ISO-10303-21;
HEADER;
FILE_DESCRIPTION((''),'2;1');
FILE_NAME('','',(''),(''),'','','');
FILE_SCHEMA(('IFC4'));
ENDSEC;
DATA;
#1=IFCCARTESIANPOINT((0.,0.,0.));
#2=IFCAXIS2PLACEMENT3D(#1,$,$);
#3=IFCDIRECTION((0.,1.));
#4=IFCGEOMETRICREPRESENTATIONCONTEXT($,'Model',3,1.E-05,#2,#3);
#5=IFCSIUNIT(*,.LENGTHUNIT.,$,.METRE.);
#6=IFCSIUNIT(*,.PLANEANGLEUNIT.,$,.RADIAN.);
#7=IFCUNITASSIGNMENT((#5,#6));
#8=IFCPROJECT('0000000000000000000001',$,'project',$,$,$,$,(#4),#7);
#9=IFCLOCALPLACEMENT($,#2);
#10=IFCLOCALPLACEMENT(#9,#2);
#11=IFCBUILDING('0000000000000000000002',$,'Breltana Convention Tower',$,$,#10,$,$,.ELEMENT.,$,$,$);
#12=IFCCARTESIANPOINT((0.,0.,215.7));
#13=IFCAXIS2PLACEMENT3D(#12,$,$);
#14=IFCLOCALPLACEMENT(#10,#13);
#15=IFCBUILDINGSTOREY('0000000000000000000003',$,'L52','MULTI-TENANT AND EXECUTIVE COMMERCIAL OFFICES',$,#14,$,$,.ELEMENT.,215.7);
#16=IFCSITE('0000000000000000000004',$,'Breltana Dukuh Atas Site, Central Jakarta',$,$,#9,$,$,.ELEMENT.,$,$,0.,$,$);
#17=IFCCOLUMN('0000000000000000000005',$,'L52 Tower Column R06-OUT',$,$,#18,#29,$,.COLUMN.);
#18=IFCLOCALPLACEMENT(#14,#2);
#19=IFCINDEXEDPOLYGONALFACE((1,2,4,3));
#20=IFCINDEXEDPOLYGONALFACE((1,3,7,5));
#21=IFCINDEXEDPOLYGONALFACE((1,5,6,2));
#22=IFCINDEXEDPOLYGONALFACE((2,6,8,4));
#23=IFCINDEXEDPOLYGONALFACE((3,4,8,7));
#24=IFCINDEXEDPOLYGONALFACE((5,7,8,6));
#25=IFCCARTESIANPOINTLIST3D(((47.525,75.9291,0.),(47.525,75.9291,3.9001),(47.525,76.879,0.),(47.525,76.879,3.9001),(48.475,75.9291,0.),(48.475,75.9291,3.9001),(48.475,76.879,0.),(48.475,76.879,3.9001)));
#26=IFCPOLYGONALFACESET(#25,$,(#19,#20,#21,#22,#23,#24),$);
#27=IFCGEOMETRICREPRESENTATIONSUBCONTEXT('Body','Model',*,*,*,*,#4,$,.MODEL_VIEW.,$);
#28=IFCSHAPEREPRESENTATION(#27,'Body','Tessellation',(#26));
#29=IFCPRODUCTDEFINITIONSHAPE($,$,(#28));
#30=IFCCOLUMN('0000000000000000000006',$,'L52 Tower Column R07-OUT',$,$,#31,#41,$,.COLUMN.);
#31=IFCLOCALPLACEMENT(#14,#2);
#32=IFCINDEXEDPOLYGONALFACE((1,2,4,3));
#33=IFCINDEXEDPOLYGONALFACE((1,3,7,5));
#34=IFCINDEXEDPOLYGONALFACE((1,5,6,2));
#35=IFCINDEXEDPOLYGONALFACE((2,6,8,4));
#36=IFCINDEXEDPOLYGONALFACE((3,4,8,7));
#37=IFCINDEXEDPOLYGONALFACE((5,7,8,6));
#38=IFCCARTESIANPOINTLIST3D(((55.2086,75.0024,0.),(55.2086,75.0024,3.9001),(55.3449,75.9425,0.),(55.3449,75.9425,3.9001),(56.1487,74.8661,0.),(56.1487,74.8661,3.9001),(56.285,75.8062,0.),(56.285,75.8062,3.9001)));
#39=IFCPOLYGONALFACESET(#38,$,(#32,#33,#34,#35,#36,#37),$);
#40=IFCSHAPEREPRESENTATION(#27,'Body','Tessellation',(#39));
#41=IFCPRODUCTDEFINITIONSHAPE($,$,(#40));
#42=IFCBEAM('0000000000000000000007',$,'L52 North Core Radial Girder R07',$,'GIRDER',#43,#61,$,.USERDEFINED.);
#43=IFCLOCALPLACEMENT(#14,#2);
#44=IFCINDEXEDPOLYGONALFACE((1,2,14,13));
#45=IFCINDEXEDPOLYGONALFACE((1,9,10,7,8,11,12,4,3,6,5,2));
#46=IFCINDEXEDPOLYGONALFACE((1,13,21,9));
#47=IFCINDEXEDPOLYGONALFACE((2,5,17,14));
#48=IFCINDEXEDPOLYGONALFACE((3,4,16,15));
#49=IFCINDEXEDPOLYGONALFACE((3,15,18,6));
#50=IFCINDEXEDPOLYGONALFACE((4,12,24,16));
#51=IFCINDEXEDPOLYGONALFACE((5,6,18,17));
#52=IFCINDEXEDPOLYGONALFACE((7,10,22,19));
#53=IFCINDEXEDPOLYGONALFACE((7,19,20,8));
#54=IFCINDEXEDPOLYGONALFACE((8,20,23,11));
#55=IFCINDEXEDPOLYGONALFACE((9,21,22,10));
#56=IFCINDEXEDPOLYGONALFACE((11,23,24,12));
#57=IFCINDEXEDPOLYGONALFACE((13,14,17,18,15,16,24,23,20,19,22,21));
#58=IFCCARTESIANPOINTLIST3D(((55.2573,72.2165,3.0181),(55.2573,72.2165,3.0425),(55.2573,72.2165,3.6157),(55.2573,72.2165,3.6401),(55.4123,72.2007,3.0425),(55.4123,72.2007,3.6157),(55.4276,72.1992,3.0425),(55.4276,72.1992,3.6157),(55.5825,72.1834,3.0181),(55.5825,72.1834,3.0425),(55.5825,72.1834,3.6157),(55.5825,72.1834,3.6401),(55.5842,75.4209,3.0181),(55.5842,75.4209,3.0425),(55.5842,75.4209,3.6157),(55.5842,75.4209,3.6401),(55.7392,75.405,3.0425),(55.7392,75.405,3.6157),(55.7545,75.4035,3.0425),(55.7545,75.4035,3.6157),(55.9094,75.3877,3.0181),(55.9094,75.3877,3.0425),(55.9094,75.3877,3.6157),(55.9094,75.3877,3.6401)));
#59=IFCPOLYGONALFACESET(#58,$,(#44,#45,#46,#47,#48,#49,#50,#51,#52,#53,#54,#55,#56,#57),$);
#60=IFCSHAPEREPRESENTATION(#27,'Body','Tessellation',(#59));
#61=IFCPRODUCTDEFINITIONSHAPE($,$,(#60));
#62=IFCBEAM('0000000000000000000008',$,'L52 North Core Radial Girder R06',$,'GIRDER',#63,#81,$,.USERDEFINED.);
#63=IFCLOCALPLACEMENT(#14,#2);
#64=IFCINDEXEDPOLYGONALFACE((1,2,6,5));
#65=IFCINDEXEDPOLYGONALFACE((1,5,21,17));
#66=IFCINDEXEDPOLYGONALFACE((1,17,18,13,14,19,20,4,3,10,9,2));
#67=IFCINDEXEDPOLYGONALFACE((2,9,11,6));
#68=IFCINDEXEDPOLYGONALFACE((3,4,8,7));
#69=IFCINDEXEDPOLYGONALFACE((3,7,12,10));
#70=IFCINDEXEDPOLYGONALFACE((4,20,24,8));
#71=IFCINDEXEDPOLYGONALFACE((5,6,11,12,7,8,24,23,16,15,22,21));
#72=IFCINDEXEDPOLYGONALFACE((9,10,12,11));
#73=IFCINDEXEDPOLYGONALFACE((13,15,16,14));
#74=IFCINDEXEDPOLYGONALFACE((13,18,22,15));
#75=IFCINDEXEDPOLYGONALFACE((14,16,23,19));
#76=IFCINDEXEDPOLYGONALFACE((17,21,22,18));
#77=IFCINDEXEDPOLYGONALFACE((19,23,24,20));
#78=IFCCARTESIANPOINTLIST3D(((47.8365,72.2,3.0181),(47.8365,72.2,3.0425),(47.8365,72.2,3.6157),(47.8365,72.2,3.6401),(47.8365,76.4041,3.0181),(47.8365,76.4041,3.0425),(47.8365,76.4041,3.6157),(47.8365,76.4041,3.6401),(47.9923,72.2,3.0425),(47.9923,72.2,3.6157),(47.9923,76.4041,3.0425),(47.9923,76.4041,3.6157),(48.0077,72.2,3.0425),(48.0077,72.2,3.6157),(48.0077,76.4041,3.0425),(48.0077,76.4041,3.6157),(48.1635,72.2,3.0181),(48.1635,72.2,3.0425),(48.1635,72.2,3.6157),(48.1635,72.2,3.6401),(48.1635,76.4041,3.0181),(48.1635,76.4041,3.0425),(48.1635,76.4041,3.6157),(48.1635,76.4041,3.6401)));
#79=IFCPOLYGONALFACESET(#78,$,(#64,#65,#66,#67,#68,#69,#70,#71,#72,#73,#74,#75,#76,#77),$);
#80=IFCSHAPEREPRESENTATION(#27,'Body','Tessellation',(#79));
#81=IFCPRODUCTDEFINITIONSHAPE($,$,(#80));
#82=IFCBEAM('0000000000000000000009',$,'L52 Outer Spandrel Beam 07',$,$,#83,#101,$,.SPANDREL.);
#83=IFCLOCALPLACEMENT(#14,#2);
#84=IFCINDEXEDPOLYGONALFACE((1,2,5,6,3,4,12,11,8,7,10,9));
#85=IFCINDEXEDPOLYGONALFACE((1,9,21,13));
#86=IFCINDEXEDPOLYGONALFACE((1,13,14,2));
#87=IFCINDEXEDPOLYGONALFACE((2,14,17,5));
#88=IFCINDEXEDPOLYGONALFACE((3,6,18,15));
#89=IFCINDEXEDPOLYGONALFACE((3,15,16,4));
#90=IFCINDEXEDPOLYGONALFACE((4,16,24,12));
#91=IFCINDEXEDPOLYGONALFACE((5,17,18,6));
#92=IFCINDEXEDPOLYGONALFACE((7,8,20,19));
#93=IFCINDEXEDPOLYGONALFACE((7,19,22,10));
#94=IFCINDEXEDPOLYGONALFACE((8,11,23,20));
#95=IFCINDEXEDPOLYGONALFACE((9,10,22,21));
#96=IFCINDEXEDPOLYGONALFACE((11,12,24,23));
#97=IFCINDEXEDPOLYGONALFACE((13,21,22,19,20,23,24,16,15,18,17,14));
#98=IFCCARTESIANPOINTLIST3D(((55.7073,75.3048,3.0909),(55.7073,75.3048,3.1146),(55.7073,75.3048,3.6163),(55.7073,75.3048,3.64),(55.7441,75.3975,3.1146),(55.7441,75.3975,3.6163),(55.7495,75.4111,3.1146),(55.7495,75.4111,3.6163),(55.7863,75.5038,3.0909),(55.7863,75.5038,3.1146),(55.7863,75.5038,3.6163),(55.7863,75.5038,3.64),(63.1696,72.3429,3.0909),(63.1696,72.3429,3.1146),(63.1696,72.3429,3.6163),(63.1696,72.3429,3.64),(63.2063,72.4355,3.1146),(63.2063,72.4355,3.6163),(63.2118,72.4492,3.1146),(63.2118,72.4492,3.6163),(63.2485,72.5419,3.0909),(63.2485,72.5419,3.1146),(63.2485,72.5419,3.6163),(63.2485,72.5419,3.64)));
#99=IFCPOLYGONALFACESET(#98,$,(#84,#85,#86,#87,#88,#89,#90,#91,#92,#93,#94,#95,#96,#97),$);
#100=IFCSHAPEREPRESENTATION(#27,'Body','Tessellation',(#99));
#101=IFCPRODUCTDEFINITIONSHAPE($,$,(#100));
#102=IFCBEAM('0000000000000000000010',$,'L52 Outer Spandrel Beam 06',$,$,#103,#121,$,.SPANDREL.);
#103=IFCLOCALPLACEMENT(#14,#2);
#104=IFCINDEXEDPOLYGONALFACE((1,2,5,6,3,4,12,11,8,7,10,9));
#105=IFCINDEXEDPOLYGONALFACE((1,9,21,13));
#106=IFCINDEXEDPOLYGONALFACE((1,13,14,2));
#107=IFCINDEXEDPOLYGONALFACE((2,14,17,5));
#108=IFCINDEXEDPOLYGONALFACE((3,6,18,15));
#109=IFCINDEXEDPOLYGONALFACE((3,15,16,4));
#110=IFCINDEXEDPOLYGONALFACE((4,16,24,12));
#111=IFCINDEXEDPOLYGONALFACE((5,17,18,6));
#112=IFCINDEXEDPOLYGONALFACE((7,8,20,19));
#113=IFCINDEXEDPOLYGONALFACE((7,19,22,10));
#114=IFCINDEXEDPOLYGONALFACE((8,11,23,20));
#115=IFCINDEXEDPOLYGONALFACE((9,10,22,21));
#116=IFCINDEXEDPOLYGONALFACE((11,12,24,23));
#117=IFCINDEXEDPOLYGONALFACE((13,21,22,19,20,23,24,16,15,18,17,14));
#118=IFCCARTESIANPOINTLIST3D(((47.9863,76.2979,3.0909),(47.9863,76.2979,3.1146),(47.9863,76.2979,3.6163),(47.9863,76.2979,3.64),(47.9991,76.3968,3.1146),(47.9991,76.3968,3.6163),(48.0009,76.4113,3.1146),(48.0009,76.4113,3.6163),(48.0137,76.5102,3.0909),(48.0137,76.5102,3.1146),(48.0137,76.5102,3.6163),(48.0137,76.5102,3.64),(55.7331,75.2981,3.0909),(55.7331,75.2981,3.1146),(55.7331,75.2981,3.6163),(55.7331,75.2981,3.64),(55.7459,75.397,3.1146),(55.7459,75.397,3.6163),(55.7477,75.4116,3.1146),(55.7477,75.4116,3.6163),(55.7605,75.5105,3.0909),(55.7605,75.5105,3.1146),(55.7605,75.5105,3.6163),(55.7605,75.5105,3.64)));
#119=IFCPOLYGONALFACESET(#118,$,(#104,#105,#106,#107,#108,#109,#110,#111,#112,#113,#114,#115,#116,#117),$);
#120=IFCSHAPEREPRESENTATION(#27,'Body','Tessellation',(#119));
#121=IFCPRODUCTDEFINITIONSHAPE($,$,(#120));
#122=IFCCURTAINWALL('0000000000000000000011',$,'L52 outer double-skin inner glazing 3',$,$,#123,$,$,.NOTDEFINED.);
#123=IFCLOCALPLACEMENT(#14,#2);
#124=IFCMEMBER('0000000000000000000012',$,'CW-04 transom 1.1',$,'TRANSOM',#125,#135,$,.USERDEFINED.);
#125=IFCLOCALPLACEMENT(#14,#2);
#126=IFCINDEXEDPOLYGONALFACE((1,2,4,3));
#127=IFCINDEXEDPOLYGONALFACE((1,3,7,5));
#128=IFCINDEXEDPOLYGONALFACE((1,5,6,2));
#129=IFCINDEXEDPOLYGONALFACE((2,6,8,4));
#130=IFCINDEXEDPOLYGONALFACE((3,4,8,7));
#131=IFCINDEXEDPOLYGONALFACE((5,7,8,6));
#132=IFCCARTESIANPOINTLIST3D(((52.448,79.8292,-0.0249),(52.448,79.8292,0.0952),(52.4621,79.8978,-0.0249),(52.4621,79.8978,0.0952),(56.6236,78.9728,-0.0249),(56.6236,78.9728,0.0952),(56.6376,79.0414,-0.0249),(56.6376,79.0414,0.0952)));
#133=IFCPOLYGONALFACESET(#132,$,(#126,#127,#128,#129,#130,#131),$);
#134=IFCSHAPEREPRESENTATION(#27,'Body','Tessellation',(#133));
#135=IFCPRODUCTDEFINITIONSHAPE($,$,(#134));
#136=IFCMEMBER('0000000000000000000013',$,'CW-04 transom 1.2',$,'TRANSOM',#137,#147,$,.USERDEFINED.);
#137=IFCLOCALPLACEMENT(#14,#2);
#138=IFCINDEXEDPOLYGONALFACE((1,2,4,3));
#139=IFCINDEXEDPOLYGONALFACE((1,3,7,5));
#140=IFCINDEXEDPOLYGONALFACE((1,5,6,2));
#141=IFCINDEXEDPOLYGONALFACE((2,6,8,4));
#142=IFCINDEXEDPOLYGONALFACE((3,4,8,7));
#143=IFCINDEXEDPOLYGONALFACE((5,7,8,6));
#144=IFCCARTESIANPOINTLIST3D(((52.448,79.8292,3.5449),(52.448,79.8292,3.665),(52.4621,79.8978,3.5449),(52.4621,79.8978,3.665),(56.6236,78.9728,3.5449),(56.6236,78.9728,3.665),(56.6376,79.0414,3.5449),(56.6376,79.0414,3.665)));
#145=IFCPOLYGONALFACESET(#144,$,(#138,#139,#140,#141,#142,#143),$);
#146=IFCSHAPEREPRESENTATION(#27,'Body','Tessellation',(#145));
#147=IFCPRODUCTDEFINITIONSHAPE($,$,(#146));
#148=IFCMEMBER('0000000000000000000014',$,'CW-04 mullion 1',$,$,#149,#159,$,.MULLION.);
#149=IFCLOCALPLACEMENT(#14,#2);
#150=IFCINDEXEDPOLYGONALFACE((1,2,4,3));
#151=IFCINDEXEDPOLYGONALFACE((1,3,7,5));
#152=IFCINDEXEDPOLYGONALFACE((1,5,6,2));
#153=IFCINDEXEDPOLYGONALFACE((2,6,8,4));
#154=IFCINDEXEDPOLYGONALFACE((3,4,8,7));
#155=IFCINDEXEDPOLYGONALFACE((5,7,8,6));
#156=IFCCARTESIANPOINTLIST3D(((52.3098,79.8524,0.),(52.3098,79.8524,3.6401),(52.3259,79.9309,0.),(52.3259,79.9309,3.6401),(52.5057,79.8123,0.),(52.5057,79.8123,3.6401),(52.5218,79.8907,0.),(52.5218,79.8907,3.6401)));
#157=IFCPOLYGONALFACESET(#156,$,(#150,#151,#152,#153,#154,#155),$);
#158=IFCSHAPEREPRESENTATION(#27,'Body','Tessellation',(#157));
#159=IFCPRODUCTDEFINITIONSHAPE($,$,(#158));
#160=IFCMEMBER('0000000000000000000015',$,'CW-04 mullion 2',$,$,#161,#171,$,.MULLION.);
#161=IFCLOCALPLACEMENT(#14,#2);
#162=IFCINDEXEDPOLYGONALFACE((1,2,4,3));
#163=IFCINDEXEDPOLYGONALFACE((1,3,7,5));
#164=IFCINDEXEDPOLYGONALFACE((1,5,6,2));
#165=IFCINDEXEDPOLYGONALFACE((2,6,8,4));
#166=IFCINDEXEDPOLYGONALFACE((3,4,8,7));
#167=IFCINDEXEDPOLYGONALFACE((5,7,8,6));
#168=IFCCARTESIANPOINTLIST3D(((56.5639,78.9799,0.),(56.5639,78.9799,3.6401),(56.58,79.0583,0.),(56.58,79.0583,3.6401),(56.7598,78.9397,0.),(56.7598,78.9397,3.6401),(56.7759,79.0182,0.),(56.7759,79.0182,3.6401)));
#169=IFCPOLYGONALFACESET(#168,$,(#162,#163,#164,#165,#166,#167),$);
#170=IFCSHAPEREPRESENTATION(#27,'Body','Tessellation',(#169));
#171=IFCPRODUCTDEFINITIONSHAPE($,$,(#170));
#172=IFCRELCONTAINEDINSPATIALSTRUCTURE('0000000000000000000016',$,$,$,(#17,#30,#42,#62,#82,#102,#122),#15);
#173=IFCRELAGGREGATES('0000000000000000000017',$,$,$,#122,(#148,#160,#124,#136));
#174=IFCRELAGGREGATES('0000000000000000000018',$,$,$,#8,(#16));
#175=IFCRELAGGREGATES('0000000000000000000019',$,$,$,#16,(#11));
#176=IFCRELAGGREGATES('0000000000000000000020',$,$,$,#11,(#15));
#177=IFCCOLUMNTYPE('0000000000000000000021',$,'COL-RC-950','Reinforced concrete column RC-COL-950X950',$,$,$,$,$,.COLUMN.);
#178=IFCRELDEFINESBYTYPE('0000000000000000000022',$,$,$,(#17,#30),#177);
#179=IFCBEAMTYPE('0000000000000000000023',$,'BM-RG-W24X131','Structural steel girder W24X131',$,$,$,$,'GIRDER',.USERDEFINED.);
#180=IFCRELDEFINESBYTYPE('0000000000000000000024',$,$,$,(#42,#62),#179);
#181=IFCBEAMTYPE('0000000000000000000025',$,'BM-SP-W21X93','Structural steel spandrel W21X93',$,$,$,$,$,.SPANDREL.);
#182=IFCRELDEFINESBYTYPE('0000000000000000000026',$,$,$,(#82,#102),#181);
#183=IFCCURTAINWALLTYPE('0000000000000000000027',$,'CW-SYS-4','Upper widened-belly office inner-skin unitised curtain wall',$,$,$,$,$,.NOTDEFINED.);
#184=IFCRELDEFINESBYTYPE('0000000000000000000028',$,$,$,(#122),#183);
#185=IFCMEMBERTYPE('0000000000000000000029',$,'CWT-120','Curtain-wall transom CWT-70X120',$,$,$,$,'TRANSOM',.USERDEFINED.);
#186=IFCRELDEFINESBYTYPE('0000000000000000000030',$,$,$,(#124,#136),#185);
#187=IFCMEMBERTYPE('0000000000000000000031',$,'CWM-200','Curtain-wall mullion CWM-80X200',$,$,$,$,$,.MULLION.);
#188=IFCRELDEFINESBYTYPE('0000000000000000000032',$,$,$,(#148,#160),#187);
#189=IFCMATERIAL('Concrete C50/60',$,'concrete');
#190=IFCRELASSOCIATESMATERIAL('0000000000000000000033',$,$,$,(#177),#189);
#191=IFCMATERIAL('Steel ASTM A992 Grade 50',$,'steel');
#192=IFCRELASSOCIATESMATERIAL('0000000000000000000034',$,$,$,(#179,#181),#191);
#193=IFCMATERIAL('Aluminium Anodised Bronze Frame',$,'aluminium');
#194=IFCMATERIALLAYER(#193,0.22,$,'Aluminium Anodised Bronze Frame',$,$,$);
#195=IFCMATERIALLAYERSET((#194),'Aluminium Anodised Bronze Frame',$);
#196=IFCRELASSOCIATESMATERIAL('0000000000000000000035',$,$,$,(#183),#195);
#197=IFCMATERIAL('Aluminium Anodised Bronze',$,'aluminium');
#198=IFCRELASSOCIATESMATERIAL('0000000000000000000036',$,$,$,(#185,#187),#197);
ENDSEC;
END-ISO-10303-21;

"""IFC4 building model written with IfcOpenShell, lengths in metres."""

from ifc_helpers import new_model, si_unit, direction, frame, origin, origin_2d, place, context, subcontext, project, spatial, rectangle, i_section, extrude, source, transform, mapped, material, layer, layer_set, material_profile, profile_set, type_object, element, aggregate, save


model = new_model("IFC4")

# Units and contexts
model_context = context("Model", 3, precision=1e-05, world=origin(), true_north=direction((0.0, 1.0)))
body_context = subcontext(model_context, "Body", "Model", "MODEL_VIEW")
ifc_project = project(units=[si_unit("LENGTHUNIT", "METRE"), si_unit("PLANEANGLEUNIT", "RADIAN")], contexts=[model_context])

# Site, building, storey
site_placement = place(None, origin())
site = spatial("IfcSite", under=ifc_project, at=site_placement, Name="Breltana Dukuh Atas Site, Central Jakarta", CompositionType="ELEMENT", RefElevation=0.0)
building_placement = place(site_placement, origin())
building = spatial("IfcBuilding", under=site, at=building_placement, Name="Breltana Convention Tower", CompositionType="ELEMENT")
storey_placement = place(building_placement, frame((0.0, 0.0, 215.7)))
storey = spatial("IfcBuildingStorey", under=building, at=storey_placement, Name="L52", Description="MULTI-TENANT AND EXECUTIVE COMMERCIAL OFFICES", CompositionType="ELEMENT", Elevation=215.7)

# Columns
ifc_material_1 = material(Name="Concrete C50/60", Category="concrete")
ifc_material_profile_1 = material_profile(ifc_material_1, rectangle(XDim=0.95, YDim=0.95, at=origin_2d()), Name="RC-COL-950X950")
ifc_profile_set_1 = profile_set([ifc_material_profile_1], Name="Concrete C50/60")
column_type = type_object("IfcColumnType", Name="COL-RC-950", Description="Reinforced concrete column RC-COL-950X950", PredefinedType="COLUMN", material=ifc_profile_set_1)
shared_shape_1 = source(origin(), body_context, "Body", "SweptSolid", [
    extrude(rectangle(XDim=0.95, YDim=0.95, at=origin_2d()), origin(), (0.0, 0.0, 1.0), 3.9001),
])
for number, where, z_axis, x_axis, name in (
    (1, (48.0, 76.4041, 0.0), (0.0, 0.0, 1.0), (0.0, 1.0, 0.0), "L52 Tower Column R06-OUT"),
    (2, (55.7468, 75.4043, 0.0), (0.0, 0.0, 1.0), (0.143493, 0.989651, 0.0), "L52 Tower Column R07-OUT"),
):
    element("IfcColumn", number, at=place(storey_placement, frame(where, z_axis=z_axis, x_axis=x_axis)), inside=storey, type_object=column_type, Name=name, PredefinedType="COLUMN", context=body_context, shape_type="MappedRepresentation", body=[
        mapped(shared_shape_1, transform((0.0, 0.0, 0.0), scale=1.0)),
    ])

# Beams
ifc_material_2 = material(Name="Steel ASTM A992 Grade 50", Category="steel")
ifc_material_profile_2 = material_profile(ifc_material_2, i_section(OverallWidth=0.3269, OverallDepth=0.6221, WebThickness=0.0154, FlangeThickness=0.0244, at=origin_2d()), Name="W24X131")
ifc_profile_set_2 = profile_set([ifc_material_profile_2], Name="Steel ASTM A992 Grade 50")
beam_type_1 = type_object("IfcBeamType", Name="BM-RG-W24X131", Description="Structural steel girder W24X131", ElementType="GIRDER", PredefinedType="USERDEFINED", material=ifc_profile_set_2)
shared_shape_2 = source(origin(), body_context, "Body", "SweptSolid", [
    extrude(i_section(OverallWidth=0.3269, OverallDepth=0.6221, WebThickness=0.0154, FlangeThickness=0.0244, at=origin_2d()), origin(), (0.0, 0.0, 1.0), 3.2209),
])
beam_1_placement = place(storey_placement, frame((55.4199, 72.2, 3.3291), z_axis=(0.101492, 0.994836, 0.0), x_axis=(-0.994836, 0.101492, 0.0)))
element("IfcBeam", 3, at=beam_1_placement, inside=storey, type_object=beam_type_1, Name="L52 North Core Radial Girder R07", ObjectType="GIRDER", PredefinedType="USERDEFINED", context=body_context, shape_type="MappedRepresentation", body=[
    mapped(shared_shape_2, transform((0.0, 0.0, 0.0), scale=1.0)),
])
shared_shape_3 = source(origin(), body_context, "Body", "SweptSolid", [
    extrude(i_section(OverallWidth=0.3269, OverallDepth=0.6221, WebThickness=0.0154, FlangeThickness=0.0244, at=origin_2d()), origin(), (0.0, 0.0, 1.0), 4.2041),
])
beam_2_placement = place(storey_placement, frame((48.0, 72.2, 3.3291), z_axis=(0.0, 1.0, 0.0), x_axis=(-1.0, 0.0, 0.0)))
element("IfcBeam", 4, at=beam_2_placement, inside=storey, type_object=beam_type_1, Name="L52 North Core Radial Girder R06", ObjectType="GIRDER", PredefinedType="USERDEFINED", context=body_context, shape_type="MappedRepresentation", body=[
    mapped(shared_shape_3, transform((0.0, 0.0, 0.0), scale=1.0)),
])
ifc_material_profile_3 = material_profile(ifc_material_2, i_section(OverallWidth=0.2141, OverallDepth=0.5491, WebThickness=0.0146, FlangeThickness=0.0237, at=origin_2d()), Name="W21X93")
ifc_profile_set_3 = profile_set([ifc_material_profile_3], Name="Steel ASTM A992 Grade 50")
beam_type_2 = type_object("IfcBeamType", Name="BM-SP-W21X93", Description="Structural steel spandrel W21X93", PredefinedType="SPANDREL", material=ifc_profile_set_3)
shared_shape_4 = source(origin(), body_context, "Body", "SweptSolid", [
    extrude(i_section(OverallWidth=0.2141, OverallDepth=0.5491, WebThickness=0.0146, FlangeThickness=0.0237, at=origin_2d()), origin(), (0.0, 0.0, 1.0), 8.0286),
])
beam_3_placement = place(storey_placement, frame((55.7468, 75.4043, 3.3655), z_axis=(0.929459, -0.368925, 0.0), x_axis=(0.368925, 0.929459, 0.0)))
element("IfcBeam", 5, at=beam_3_placement, inside=storey, type_object=beam_type_2, Name="L52 Outer Spandrel Beam 07", PredefinedType="SPANDREL", context=body_context, shape_type="MappedRepresentation", body=[
    mapped(shared_shape_4, transform((0.0, 0.0, 0.0), scale=1.0)),
])
shared_shape_5 = source(origin(), body_context, "Body", "SweptSolid", [
    extrude(i_section(OverallWidth=0.2141, OverallDepth=0.5491, WebThickness=0.0146, FlangeThickness=0.0237, at=origin_2d()), origin(), (0.0, 0.0, 1.0), 7.811),
])
beam_4_placement = place(storey_placement, frame((48.0, 76.4041, 3.3655), z_axis=(0.991775, -0.127992, 0.0), x_axis=(0.127992, 0.991775, 0.0)))
element("IfcBeam", 6, at=beam_4_placement, inside=storey, type_object=beam_type_2, Name="L52 Outer Spandrel Beam 06", PredefinedType="SPANDREL", context=body_context, shape_type="MappedRepresentation", body=[
    mapped(shared_shape_5, transform((0.0, 0.0, 0.0), scale=1.0)),
])

# Curtain wall, members
ifc_material_3 = material(Name="Aluminium Anodised Bronze Frame", Category="aluminium")
ifc_layer_1 = layer(ifc_material_3, 0.22, Name="Aluminium Anodised Bronze Frame")
ifc_layer_set_1 = layer_set([ifc_layer_1], Name="Aluminium Anodised Bronze Frame")
curtain_wall_type = type_object("IfcCurtainWallType", Name="CW-SYS-4", Description="Upper widened-belly office inner-skin unitised curtain wall", PredefinedType="NOTDEFINED", material=ifc_layer_set_1)
curtain_wall_placement = place(storey_placement, origin())
curtain_wall = element("IfcCurtainWall", 7, at=curtain_wall_placement, inside=storey, type_object=curtain_wall_type, Name="L52 outer double-skin inner glazing 3", PredefinedType="NOTDEFINED")
ifc_material_4 = material(Name="Aluminium Anodised Bronze", Category="aluminium")
ifc_material_profile_4 = material_profile(ifc_material_4, rectangle(XDim=0.0701, YDim=0.1201, at=origin_2d()), Name="CWT-70X120")
ifc_profile_set_4 = profile_set([ifc_material_profile_4], Name="Aluminium Anodised Bronze")
member_type_1 = type_object("IfcMemberType", Name="CWT-120", Description="Curtain-wall transom CWT-70X120", ElementType="TRANSOM", PredefinedType="USERDEFINED", material=ifc_profile_set_4)
shared_shape_6 = source(origin(), body_context, "Body", "SweptSolid", [
    extrude(rectangle(XDim=0.0701, YDim=0.1201, at=origin_2d()), origin(), (0.0, 0.0, 1.0), 4.2625),
])
member_1_placement = place(storey_placement, frame((52.4551, 79.8635, 0.0352), z_axis=(0.979606, -0.200927, 0.0), x_axis=(0.200927, 0.979606, 0.0)))
member_1 = element("IfcMember", 8, at=member_1_placement, type_object=member_type_1, Name="CW-04 transom 1.1", ObjectType="TRANSOM", PredefinedType="USERDEFINED", context=body_context, shape_type="MappedRepresentation", body=[
    mapped(shared_shape_6, transform((0.0, 0.0, 0.0), scale=1.0)),
])
member_2_placement = place(storey_placement, frame((52.4551, 79.8635, 3.605), z_axis=(0.979606, -0.200927, 0.0), x_axis=(0.200927, 0.979606, 0.0)))
member_2 = element("IfcMember", 9, at=member_2_placement, type_object=member_type_1, Name="CW-04 transom 1.2", ObjectType="TRANSOM", PredefinedType="USERDEFINED", context=body_context, shape_type="MappedRepresentation", body=[
    mapped(shared_shape_6, transform((0.0, 0.0, 0.0), scale=1.0)),
])
ifc_material_profile_5 = material_profile(ifc_material_4, rectangle(XDim=0.0801, YDim=0.2, at=origin_2d()), Name="CWM-80X200")
ifc_profile_set_5 = profile_set([ifc_material_profile_5], Name="Aluminium Anodised Bronze")
member_type_2 = type_object("IfcMemberType", Name="CWM-200", Description="Curtain-wall mullion CWM-80X200", PredefinedType="MULLION", material=ifc_profile_set_5)
shared_shape_7 = source(origin(), body_context, "Body", "SweptSolid", [
    extrude(rectangle(XDim=0.0801, YDim=0.2, at=origin_2d()), origin(), (0.0, 0.0, 1.0), 3.6401),
])
member_3_placement = place(storey_placement, frame((52.4158, 79.8716, 0.0), z_axis=(0.0, 0.0, 1.0), x_axis=(0.20088, 0.979616, 0.0)))
member_3 = element("IfcMember", 10, at=member_3_placement, type_object=member_type_2, Name="CW-04 mullion 1", PredefinedType="MULLION", context=body_context, shape_type="MappedRepresentation", body=[
    mapped(shared_shape_7, transform((0.0, 0.0, 0.0), scale=1.0)),
])
member_4_placement = place(storey_placement, frame((56.6699, 78.999, 0.0), z_axis=(0.0, 0.0, 1.0), x_axis=(0.20088, 0.979616, 0.0)))
member_4 = element("IfcMember", 11, at=member_4_placement, type_object=member_type_2, Name="CW-04 mullion 2", PredefinedType="MULLION", context=body_context, shape_type="MappedRepresentation", body=[
    mapped(shared_shape_7, transform((0.0, 0.0, 0.0), scale=1.0)),
])
aggregate(curtain_wall, [member_3, member_4, member_1, member_2])

save(model, "model.ifc")
